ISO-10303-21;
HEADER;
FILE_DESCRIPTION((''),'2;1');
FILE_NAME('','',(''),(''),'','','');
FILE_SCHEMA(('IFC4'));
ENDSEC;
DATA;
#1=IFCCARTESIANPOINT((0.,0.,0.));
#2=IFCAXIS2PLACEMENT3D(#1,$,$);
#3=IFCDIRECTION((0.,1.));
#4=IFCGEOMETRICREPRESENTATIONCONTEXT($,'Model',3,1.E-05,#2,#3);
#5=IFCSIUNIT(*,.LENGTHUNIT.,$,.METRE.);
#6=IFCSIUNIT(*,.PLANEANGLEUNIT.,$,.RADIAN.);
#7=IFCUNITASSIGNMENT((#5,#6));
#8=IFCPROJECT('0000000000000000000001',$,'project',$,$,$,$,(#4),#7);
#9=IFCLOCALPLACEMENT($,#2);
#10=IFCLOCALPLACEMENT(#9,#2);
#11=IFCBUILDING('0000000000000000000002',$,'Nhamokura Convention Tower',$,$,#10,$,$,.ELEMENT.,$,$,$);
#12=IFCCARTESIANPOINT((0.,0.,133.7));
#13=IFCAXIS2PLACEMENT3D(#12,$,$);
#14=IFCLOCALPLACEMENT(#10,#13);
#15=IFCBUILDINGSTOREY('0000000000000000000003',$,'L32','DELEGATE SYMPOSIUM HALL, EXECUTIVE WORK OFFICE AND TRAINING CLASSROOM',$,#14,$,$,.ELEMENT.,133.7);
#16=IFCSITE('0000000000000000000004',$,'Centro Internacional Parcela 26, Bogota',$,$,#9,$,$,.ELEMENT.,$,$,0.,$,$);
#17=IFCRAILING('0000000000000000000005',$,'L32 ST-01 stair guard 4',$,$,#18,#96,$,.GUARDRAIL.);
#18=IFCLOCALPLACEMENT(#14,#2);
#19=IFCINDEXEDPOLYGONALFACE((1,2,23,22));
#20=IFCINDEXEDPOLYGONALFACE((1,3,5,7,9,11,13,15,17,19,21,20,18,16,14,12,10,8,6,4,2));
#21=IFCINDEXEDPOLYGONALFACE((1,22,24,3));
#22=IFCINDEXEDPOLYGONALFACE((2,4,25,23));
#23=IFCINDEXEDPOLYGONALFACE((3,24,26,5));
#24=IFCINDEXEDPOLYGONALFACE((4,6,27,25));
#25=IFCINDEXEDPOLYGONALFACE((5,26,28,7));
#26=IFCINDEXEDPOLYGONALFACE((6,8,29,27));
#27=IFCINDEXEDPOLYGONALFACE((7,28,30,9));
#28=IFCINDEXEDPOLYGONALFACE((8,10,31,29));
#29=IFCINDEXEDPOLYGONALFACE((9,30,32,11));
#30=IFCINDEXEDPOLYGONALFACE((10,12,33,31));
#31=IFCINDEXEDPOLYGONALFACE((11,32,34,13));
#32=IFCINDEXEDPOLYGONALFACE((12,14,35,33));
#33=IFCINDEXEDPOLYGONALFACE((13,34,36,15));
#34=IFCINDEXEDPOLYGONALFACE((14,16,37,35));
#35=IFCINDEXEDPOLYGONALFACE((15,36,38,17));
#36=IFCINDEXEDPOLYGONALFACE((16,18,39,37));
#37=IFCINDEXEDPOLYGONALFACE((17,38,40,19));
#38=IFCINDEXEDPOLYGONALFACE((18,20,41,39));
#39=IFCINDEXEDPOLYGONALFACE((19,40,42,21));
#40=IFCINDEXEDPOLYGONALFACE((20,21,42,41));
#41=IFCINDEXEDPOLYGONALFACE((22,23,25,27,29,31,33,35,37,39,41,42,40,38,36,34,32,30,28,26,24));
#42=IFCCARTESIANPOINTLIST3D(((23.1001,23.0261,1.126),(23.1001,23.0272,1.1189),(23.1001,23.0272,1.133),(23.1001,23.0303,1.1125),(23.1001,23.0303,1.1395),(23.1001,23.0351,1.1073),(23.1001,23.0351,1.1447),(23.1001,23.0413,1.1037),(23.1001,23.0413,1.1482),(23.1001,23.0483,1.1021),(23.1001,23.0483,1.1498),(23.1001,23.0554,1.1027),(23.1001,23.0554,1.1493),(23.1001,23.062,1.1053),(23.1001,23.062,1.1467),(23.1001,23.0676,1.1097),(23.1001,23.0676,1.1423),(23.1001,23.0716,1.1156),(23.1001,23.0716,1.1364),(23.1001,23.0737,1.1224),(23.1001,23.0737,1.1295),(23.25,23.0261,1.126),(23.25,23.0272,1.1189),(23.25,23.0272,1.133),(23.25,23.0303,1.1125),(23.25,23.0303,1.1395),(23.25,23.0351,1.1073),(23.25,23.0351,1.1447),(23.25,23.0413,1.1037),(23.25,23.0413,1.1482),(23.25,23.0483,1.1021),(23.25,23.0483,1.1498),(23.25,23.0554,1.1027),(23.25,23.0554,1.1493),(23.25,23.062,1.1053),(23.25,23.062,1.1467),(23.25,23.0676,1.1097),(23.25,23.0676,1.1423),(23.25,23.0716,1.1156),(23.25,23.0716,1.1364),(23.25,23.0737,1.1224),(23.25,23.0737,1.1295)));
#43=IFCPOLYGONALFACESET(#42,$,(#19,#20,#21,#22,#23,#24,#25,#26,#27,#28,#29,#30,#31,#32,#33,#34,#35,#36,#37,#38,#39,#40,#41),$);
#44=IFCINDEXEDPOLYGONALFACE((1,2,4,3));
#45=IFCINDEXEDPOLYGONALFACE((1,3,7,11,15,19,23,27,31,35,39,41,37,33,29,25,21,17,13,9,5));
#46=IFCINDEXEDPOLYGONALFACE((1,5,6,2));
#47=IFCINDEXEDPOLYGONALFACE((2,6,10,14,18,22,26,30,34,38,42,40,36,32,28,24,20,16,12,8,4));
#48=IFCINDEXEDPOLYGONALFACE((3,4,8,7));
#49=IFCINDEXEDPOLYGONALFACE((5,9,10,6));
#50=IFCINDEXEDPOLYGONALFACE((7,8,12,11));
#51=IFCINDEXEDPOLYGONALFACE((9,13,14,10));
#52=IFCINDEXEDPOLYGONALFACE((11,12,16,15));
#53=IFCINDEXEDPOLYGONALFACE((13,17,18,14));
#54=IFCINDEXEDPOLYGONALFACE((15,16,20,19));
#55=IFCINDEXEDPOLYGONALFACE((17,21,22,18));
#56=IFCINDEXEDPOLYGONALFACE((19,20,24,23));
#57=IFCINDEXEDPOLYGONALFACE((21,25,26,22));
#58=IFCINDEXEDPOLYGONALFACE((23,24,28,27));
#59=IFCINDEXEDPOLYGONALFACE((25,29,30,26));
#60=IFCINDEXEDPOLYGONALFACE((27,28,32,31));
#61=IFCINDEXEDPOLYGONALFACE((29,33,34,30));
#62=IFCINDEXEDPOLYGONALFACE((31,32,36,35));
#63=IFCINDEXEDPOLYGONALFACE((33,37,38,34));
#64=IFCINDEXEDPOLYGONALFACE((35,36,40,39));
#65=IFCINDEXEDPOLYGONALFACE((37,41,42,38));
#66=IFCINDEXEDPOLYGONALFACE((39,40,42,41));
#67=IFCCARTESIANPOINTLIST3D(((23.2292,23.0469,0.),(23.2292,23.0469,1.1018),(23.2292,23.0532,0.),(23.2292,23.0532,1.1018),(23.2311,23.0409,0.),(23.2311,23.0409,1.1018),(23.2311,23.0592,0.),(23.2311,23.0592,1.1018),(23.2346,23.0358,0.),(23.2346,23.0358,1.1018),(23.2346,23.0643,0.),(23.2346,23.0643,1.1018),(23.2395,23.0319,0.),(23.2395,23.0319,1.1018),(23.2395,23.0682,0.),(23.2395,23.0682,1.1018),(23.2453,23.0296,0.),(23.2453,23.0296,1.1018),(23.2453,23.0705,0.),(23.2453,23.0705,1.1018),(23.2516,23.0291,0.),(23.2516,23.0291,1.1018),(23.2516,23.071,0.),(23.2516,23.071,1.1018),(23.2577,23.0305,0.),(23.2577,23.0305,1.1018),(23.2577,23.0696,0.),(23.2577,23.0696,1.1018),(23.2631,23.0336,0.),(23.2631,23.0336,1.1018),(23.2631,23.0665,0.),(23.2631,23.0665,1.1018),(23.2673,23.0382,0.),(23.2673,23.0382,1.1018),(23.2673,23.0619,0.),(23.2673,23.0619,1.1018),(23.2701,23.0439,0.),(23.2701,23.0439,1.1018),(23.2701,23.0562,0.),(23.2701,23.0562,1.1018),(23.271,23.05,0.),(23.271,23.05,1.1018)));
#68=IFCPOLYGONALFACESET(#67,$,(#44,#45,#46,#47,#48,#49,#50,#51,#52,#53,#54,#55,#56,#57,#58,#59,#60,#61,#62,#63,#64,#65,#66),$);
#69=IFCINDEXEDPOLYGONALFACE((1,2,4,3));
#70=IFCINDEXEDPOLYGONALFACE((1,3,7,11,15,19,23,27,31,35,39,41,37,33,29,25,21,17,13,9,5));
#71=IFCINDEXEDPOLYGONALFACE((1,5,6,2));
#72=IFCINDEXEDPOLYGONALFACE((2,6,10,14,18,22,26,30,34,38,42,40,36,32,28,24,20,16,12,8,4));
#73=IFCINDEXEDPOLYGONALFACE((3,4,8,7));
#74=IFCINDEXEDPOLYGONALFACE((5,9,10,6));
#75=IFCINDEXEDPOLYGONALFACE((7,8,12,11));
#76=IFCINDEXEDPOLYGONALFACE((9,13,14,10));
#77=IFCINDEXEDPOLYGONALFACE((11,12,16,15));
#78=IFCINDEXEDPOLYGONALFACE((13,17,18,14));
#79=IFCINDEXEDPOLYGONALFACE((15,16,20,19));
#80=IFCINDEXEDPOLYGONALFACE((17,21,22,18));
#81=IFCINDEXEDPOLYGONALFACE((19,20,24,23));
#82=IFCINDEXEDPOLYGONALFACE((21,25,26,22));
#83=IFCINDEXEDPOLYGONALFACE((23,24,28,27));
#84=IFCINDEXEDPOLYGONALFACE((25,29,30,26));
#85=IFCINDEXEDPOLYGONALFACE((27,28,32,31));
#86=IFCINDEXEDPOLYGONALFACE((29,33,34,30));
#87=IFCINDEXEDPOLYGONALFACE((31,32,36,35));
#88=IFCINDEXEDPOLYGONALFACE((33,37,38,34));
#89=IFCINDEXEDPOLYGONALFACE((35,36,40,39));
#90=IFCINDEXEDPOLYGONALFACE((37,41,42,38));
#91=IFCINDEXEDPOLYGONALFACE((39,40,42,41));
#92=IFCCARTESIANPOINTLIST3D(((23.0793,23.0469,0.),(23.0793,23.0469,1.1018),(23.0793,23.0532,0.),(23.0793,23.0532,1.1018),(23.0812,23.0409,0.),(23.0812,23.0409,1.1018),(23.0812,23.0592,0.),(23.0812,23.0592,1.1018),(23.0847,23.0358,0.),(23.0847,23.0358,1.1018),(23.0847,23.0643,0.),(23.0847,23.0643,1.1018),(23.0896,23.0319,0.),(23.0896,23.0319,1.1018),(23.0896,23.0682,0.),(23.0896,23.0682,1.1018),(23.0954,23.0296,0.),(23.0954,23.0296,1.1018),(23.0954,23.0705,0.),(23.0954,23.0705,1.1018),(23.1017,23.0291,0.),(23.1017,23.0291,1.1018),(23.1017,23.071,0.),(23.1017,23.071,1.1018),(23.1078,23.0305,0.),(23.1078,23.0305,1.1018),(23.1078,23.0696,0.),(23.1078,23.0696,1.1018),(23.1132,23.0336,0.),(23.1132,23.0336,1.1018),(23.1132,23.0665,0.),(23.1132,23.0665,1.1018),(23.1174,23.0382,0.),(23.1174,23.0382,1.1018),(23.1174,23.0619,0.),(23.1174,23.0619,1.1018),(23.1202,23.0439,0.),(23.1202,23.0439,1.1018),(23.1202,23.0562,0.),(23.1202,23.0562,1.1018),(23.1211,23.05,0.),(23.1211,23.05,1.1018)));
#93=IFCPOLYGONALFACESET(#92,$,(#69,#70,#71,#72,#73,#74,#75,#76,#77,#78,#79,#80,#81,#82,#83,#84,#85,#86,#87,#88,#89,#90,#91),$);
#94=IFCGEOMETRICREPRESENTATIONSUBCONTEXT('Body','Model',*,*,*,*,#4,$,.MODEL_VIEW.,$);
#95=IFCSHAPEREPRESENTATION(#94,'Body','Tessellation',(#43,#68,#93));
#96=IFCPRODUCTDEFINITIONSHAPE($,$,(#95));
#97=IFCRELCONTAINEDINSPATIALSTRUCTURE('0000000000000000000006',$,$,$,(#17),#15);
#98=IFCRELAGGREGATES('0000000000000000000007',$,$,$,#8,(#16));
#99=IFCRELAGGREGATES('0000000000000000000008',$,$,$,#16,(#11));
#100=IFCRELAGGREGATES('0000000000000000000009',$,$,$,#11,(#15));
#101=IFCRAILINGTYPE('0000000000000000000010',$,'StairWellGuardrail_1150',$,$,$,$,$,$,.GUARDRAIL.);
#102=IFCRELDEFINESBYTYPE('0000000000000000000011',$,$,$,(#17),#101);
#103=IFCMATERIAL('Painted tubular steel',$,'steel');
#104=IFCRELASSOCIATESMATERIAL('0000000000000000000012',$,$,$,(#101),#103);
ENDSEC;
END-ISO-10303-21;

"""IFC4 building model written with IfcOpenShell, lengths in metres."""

from ifc_helpers import new_model, si_unit, direction, frame, origin, origin_2d, place, context, subcontext, project, spatial, circle, extrude, material, type_object, element, save


model = new_model("IFC4")

# Units and contexts
model_context = context("Model", 3, precision=1e-05, world=origin(), true_north=direction((0.0, 1.0)))
body_context = subcontext(model_context, "Body", "Model", "MODEL_VIEW")
ifc_project = project(units=[si_unit("LENGTHUNIT", "METRE"), si_unit("PLANEANGLEUNIT", "RADIAN")], contexts=[model_context])

# Site, building, storey
site_placement = place(None, origin())
site = spatial("IfcSite", under=ifc_project, at=site_placement, Name="Centro Internacional Parcela 26, Bogota", CompositionType="ELEMENT", RefElevation=0.0)
building_placement = place(site_placement, origin())
building = spatial("IfcBuilding", under=site, at=building_placement, Name="Nhamokura Convention Tower", CompositionType="ELEMENT")
storey_placement = place(building_placement, frame((0.0, 0.0, 133.7)))
storey = spatial("IfcBuildingStorey", under=building, at=storey_placement, Name="L32", Description="DELEGATE SYMPOSIUM HALL, EXECUTIVE WORK OFFICE AND TRAINING CLASSROOM", CompositionType="ELEMENT", Elevation=133.7)

# Railing
ifc_material_1 = material(Name="Painted tubular steel", Category="steel")
railing_type_1 = type_object("IfcRailingType", Name="StairWellGuardrail_1150", PredefinedType="GUARDRAIL", material=ifc_material_1)
railing_1_placement = place(storey_placement, frame((23.25, 23.05, 0.0)))
element("IfcRailing", 1, at=railing_1_placement, inside=storey, type_object=railing_type_1, Name="L32 ST-01 stair guard 4", PredefinedType="GUARDRAIL", context=body_context, shape_type="SweptSolid", body=[
    extrude(circle(Radius=0.0239, at=origin_2d()), frame((0.0, 0.0, 1.126), z_axis=(-1.0, 0.0, 0.0), x_axis=(0.0, -1.0, 0.0)), (0.0, 0.0, 1.0), 0.1499),
    extrude(circle(Radius=0.021, at=origin_2d()), origin(), (0.0, 0.0, 1.0), 1.1018),
    extrude(circle(Radius=0.021, at=origin_2d()), frame((-0.1499, 0.0, 0.0)), (0.0, 0.0, 1.0), 1.1018),
])

save(model, "model.ifc")
